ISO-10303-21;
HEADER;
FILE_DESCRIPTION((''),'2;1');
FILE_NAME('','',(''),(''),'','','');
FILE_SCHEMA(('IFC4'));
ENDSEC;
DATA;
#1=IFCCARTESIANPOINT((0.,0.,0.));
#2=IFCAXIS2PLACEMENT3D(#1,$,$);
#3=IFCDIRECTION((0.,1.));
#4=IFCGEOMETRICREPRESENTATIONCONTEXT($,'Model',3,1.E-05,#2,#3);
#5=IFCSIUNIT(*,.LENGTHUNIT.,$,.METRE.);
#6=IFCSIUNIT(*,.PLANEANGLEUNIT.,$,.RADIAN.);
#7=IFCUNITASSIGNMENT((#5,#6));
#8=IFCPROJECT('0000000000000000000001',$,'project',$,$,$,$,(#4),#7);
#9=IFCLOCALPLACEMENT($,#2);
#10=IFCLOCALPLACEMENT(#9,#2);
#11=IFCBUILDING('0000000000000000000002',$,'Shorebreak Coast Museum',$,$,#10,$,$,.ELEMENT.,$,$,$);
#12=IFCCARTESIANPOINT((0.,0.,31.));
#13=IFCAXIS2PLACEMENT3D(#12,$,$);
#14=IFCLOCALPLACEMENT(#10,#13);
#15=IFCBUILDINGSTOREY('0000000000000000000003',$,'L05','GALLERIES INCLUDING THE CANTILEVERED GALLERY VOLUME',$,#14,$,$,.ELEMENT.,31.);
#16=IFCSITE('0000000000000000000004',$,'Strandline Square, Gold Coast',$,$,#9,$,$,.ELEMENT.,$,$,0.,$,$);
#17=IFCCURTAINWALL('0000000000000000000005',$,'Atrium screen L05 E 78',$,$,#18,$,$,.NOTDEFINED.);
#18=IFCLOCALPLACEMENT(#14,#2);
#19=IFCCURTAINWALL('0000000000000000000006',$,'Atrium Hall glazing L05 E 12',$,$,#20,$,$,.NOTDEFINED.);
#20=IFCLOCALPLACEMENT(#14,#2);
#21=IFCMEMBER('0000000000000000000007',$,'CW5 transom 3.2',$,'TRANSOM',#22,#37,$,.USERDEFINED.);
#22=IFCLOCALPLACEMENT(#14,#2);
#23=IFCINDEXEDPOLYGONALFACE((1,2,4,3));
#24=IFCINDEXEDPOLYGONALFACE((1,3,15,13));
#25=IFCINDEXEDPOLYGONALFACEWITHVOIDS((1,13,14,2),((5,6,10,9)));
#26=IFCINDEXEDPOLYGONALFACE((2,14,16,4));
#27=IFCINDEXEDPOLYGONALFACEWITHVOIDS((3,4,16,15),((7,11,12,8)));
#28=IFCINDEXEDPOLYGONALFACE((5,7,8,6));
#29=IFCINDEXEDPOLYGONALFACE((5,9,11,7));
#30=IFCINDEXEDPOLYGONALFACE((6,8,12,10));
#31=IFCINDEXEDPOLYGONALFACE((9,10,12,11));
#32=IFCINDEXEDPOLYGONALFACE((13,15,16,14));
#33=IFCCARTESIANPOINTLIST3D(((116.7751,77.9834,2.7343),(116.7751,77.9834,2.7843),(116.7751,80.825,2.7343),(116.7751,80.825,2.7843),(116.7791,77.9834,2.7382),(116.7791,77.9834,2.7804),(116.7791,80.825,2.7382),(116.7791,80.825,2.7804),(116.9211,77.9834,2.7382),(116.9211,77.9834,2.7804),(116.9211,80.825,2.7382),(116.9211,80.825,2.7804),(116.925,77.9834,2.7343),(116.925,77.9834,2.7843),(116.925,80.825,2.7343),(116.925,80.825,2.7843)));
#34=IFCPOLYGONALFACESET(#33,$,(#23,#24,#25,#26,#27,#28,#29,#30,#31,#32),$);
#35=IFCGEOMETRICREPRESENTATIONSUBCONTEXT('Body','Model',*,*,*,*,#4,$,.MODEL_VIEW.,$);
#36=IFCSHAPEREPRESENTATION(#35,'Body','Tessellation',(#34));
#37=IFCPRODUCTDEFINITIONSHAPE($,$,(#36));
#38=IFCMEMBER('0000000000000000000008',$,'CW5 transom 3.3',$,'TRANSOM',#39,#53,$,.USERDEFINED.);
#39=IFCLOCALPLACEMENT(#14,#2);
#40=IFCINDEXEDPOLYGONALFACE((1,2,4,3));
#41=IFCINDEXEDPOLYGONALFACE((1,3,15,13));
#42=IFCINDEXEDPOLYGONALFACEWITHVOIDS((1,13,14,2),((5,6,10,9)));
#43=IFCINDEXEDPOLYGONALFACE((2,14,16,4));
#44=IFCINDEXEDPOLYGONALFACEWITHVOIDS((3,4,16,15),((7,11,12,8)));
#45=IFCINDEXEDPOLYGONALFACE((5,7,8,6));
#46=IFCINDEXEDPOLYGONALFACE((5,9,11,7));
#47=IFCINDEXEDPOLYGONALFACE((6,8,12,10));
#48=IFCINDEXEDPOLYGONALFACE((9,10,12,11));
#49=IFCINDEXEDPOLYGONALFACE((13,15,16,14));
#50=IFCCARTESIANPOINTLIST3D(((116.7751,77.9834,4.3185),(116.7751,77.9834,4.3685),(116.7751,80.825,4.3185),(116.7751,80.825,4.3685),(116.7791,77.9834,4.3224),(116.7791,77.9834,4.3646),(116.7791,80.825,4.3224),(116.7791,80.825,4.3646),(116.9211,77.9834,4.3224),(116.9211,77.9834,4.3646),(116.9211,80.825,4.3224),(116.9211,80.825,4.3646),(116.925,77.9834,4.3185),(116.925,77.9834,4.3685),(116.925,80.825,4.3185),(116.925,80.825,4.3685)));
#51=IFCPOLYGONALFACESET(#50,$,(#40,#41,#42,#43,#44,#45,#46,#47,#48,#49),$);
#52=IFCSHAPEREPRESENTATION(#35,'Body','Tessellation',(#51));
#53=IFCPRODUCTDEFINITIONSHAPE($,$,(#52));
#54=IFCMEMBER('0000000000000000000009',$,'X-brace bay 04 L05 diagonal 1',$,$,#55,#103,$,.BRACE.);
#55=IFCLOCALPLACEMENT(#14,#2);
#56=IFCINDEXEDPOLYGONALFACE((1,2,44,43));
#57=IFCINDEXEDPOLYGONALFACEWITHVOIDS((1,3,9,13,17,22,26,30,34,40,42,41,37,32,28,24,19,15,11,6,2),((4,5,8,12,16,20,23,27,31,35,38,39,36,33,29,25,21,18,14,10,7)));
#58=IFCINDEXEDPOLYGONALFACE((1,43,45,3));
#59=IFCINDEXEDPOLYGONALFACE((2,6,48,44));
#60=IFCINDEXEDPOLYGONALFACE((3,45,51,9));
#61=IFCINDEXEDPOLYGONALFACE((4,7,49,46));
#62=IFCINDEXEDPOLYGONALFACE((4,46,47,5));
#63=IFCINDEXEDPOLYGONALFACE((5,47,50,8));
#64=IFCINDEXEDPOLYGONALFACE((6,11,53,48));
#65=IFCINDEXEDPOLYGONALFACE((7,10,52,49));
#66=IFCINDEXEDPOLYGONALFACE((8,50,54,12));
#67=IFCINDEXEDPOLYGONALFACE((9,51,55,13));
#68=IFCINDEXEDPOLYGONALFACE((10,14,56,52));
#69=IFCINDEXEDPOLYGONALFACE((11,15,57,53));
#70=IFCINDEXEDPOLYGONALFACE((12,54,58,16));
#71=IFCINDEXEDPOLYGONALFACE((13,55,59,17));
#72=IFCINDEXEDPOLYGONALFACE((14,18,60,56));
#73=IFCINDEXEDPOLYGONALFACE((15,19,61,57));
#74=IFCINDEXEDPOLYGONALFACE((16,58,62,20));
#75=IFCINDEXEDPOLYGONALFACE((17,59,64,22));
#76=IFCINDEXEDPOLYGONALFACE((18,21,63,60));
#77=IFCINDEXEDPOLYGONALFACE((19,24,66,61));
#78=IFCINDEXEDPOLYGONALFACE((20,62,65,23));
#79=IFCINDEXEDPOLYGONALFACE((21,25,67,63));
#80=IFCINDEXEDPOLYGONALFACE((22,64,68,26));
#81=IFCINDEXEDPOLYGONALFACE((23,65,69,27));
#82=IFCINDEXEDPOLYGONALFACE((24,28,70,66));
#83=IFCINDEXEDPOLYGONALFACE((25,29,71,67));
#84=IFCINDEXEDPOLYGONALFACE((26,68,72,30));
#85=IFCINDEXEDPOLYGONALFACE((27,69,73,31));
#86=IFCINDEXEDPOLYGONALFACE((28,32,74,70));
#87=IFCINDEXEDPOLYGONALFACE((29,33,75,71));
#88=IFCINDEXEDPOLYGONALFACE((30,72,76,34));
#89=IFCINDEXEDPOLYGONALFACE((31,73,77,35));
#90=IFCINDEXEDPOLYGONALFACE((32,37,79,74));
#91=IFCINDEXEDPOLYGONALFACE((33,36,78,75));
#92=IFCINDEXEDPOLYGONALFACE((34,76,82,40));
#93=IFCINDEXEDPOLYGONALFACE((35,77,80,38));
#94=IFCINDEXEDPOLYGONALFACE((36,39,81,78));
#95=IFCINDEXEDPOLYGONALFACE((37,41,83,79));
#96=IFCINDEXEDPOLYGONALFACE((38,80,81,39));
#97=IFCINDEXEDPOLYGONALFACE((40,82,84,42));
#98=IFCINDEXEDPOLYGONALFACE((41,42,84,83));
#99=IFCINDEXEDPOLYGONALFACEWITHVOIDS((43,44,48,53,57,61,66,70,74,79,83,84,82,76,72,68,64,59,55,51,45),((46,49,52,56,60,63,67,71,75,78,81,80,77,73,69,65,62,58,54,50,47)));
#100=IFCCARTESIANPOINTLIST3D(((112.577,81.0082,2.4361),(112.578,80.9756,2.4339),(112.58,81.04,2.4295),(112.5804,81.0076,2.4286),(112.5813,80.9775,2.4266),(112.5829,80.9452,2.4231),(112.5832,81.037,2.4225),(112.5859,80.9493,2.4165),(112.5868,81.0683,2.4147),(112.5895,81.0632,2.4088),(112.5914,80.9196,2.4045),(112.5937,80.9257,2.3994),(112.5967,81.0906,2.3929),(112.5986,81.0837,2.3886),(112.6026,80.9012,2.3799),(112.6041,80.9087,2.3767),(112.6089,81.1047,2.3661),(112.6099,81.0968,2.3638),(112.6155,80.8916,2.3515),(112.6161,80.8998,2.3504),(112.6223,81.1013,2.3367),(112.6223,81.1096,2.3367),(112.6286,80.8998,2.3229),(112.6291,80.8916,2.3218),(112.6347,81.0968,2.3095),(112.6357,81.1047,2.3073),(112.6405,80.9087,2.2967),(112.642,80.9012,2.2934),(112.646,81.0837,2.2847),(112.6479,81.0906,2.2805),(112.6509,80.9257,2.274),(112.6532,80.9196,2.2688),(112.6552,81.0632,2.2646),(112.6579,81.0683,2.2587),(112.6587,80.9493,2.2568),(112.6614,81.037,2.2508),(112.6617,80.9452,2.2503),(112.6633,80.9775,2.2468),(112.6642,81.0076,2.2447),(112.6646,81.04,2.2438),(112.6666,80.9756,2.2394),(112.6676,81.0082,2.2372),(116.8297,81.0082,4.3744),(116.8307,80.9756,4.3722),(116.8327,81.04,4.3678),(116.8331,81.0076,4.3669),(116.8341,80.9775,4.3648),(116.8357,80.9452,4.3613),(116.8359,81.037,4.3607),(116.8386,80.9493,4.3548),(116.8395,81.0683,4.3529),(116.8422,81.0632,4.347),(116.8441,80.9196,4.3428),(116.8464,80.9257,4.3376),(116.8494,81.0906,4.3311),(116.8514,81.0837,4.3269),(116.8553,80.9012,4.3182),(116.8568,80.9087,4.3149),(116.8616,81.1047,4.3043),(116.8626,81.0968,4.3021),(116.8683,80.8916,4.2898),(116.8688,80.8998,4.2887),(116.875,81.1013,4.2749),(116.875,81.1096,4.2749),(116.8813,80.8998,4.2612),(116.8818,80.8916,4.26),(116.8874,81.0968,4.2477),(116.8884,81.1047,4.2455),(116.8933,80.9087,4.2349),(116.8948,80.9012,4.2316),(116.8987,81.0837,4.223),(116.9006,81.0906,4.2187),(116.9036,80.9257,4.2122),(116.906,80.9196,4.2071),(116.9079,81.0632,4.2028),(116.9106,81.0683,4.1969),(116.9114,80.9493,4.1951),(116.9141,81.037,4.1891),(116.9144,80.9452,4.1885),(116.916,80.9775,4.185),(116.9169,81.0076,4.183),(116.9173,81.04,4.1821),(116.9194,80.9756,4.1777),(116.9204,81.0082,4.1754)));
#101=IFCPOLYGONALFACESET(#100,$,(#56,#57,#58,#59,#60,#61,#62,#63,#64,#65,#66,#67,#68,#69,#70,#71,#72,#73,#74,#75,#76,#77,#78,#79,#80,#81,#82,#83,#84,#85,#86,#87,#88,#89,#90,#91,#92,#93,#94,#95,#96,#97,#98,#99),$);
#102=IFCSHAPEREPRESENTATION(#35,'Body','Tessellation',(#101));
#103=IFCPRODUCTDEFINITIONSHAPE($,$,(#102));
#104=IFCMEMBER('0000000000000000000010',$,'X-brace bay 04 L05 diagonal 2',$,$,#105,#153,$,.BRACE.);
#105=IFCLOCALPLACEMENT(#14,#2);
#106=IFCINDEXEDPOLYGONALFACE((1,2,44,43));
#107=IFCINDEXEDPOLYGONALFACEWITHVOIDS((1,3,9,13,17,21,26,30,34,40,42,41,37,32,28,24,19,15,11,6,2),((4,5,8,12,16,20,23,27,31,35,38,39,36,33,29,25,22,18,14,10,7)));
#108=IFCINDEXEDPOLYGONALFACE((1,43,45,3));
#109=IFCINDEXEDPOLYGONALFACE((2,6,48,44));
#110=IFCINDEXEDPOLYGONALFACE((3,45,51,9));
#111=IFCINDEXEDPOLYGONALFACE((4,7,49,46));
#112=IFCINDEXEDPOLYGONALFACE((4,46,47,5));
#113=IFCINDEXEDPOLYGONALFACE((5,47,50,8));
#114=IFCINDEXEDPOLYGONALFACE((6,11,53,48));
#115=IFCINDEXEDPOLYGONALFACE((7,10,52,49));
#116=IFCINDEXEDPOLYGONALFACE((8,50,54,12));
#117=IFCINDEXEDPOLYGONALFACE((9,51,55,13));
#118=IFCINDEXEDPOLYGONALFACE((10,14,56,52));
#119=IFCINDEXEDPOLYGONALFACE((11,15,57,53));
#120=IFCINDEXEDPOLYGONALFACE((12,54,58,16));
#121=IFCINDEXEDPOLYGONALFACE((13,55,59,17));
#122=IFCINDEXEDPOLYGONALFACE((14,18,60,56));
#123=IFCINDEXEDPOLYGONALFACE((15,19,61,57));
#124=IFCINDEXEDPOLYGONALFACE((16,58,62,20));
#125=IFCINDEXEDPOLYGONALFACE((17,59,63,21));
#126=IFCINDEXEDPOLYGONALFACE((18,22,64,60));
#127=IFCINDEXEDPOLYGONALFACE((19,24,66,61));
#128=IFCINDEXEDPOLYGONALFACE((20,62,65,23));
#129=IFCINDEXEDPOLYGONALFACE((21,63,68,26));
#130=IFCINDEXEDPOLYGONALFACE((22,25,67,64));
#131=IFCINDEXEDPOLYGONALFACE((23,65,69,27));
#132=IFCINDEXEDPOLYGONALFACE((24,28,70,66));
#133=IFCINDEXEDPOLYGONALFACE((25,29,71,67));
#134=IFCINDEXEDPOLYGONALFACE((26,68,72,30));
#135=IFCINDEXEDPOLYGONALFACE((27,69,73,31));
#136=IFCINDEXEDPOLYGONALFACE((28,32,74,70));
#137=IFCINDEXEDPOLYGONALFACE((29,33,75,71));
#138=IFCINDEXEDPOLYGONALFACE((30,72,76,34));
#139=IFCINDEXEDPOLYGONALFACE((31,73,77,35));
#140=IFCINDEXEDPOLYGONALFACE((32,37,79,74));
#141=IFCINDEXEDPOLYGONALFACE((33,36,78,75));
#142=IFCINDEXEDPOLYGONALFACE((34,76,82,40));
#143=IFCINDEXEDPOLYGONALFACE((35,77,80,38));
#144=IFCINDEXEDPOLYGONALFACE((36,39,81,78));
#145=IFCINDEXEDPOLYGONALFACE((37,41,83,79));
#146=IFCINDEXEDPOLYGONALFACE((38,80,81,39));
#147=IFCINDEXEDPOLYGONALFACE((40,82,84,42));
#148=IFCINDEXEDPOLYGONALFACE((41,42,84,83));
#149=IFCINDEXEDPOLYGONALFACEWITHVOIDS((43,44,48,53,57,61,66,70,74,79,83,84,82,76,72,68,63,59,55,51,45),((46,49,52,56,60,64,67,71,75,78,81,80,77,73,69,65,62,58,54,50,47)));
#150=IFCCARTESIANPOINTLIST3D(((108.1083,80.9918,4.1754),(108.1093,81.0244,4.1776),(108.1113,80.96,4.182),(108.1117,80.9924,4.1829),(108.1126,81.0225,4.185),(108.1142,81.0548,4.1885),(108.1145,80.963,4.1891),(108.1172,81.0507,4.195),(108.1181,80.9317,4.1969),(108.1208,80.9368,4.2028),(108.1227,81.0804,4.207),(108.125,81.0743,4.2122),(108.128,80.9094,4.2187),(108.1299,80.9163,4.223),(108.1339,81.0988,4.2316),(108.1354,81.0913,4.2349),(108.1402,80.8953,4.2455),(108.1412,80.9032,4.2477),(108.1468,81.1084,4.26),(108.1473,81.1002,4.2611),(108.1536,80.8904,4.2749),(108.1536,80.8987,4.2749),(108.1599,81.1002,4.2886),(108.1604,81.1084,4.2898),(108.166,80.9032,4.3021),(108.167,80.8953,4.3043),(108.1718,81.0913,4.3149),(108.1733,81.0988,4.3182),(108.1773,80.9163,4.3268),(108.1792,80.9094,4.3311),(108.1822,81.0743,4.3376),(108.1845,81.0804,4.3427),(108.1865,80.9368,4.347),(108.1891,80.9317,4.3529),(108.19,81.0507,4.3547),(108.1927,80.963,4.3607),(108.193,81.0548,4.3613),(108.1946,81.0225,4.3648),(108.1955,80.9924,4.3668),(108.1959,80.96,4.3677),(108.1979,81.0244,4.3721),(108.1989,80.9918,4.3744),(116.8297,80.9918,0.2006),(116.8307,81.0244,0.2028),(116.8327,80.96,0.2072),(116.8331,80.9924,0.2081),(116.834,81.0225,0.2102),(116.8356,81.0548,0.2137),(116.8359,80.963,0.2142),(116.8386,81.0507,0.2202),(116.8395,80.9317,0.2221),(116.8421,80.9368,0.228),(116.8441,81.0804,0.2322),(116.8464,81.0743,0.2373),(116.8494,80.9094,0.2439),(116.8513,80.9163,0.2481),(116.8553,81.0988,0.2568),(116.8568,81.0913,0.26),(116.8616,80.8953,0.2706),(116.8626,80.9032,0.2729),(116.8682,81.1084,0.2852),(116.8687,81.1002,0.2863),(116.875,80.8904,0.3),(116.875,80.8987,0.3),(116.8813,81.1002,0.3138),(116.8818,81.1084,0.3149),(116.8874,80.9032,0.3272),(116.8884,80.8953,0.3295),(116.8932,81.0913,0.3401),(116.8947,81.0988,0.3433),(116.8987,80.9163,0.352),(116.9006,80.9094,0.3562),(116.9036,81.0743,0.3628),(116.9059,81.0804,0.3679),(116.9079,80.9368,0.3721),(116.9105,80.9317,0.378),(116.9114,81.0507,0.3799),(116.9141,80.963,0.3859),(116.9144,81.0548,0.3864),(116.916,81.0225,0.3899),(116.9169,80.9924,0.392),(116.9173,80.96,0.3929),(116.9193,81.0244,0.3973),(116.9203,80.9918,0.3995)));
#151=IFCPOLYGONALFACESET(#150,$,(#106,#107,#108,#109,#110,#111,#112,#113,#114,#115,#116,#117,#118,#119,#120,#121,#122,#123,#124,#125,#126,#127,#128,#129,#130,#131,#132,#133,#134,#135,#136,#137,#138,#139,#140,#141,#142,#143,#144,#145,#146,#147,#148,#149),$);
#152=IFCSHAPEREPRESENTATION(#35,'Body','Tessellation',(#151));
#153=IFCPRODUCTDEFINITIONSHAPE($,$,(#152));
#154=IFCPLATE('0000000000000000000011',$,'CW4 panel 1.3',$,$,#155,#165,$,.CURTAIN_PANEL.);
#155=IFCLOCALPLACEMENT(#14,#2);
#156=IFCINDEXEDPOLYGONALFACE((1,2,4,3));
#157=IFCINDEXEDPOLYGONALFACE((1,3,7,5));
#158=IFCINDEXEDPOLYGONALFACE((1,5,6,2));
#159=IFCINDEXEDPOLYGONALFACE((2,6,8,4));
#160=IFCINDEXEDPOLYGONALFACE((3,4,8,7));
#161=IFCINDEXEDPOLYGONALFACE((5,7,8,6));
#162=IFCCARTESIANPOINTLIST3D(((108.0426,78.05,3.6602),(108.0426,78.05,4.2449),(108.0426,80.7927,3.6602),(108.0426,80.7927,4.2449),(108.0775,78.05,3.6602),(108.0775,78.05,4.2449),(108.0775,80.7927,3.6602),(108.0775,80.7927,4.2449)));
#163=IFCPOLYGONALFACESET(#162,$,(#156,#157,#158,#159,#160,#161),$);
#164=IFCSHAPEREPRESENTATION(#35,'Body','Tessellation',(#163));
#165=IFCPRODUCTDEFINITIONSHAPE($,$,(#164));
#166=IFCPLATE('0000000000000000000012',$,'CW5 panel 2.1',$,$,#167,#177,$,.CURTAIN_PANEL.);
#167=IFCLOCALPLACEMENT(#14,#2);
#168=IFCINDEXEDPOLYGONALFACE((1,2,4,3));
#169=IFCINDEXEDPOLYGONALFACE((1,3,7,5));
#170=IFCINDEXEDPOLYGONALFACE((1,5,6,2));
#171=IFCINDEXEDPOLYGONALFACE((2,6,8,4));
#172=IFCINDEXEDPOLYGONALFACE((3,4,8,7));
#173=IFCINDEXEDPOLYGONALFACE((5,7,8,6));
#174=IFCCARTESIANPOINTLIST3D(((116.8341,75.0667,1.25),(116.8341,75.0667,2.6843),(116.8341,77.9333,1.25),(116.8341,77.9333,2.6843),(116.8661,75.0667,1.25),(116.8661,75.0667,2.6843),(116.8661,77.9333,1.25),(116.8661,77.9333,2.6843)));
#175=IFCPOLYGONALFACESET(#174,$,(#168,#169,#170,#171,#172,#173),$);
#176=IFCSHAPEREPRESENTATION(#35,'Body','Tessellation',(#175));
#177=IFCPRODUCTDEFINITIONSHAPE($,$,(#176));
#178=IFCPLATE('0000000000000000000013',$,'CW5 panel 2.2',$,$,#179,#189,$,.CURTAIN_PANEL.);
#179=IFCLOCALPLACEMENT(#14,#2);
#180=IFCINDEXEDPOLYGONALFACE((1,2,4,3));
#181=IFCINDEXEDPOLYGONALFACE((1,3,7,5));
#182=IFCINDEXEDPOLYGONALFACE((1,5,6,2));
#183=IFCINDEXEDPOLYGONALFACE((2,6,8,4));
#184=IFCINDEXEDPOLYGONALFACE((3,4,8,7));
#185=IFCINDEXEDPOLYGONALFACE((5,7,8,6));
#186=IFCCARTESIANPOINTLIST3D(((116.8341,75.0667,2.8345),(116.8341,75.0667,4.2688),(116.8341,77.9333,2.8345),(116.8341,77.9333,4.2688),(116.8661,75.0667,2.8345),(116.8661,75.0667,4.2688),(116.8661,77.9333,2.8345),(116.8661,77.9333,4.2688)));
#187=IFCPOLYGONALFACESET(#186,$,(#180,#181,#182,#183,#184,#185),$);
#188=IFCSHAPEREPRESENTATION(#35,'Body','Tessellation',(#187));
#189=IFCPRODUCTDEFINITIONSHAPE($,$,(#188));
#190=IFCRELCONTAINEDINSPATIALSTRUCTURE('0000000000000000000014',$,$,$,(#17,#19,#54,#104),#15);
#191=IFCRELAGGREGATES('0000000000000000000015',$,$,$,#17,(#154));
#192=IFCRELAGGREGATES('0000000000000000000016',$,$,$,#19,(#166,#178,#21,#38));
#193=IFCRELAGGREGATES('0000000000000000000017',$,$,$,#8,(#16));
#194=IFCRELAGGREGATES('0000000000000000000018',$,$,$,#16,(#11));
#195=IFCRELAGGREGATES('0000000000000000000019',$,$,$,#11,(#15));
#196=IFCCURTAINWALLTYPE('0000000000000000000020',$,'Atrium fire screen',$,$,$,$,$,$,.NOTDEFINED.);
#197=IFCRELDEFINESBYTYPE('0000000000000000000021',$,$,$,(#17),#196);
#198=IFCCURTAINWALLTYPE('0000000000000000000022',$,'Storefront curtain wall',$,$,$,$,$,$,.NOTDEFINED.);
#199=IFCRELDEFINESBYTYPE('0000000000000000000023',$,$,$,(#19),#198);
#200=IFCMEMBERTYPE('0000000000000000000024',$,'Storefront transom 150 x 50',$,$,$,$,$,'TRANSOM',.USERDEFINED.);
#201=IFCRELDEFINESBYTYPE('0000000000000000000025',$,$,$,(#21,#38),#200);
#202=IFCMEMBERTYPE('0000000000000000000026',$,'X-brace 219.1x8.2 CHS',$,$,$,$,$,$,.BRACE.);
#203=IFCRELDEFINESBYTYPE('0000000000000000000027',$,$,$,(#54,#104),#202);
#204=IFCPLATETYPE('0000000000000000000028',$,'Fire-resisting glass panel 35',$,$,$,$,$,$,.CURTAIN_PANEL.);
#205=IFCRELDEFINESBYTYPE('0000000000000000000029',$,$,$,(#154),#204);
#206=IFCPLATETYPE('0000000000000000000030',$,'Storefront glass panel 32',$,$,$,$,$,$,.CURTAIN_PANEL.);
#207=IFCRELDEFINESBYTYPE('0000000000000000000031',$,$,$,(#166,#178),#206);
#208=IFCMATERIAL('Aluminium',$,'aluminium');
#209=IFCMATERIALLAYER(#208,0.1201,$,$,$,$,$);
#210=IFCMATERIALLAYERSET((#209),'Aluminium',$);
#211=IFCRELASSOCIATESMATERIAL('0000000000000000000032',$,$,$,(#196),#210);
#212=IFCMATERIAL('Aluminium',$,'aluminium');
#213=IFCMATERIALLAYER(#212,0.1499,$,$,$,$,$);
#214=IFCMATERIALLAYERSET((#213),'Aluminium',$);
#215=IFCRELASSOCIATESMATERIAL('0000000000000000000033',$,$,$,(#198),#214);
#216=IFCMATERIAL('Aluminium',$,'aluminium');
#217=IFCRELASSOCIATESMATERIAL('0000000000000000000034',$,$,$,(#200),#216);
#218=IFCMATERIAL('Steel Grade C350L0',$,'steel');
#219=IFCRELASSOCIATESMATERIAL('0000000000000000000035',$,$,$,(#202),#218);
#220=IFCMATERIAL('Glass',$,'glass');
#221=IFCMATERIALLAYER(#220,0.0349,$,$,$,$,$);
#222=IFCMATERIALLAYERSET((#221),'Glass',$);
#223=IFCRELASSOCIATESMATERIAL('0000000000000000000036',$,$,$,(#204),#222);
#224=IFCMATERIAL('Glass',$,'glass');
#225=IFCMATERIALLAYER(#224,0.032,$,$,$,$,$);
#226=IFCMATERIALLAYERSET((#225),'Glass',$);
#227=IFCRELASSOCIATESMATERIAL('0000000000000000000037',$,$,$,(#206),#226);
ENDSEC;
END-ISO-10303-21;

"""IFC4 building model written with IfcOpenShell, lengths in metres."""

from ifc_helpers import new_model, si_unit, direction, frame, origin, origin_2d, place, context, subcontext, project, spatial, rectangle, hollow_rectangle, hollow_circle, extrude, material, layer, layer_set, material_profile, profile_set, type_object, element, aggregate, save


model = new_model("IFC4")

# Units and contexts
model_context = context("Model", 3, precision=1e-05, world=origin(), true_north=direction((0.0, 1.0)))
body_context = subcontext(model_context, "Body", "Model", "MODEL_VIEW")
ifc_project = project(units=[si_unit("LENGTHUNIT", "METRE"), si_unit("PLANEANGLEUNIT", "RADIAN")], contexts=[model_context])

# Site, building, storey
site_placement = place(None, origin())
site = spatial("IfcSite", under=ifc_project, at=site_placement, Name="Strandline Square, Gold Coast", CompositionType="ELEMENT", RefElevation=0.0)
building_placement = place(site_placement, origin())
building = spatial("IfcBuilding", under=site, at=building_placement, Name="Shorebreak Coast Museum", CompositionType="ELEMENT")
storey_placement = place(building_placement, frame((0.0, 0.0, 31.0)))
storey = spatial("IfcBuildingStorey", under=building, at=storey_placement, Name="L05", Description="GALLERIES INCLUDING THE CANTILEVERED GALLERY VOLUME", CompositionType="ELEMENT", Elevation=31.0)

# Curtain wall
ifc_material_1 = material(Name="Aluminium", Category="aluminium")
ifc_layer_1 = layer(ifc_material_1, 0.1201)
ifc_layer_set_1 = layer_set([ifc_layer_1], Name="Aluminium")
curtain_wall_type_1 = type_object("IfcCurtainWallType", Name="Atrium fire screen", PredefinedType="NOTDEFINED", material=ifc_layer_set_1)
curtain_wall_1_placement = place(storey_placement, origin())
curtain_wall_1 = element("IfcCurtainWall", 1, at=curtain_wall_1_placement, inside=storey, type_object=curtain_wall_type_1, Name="Atrium screen L05 E 78", PredefinedType="NOTDEFINED")

# Curtain wall, members
ifc_material_2 = material(Name="Aluminium", Category="aluminium")
ifc_layer_2 = layer(ifc_material_2, 0.1499)
ifc_layer_set_2 = layer_set([ifc_layer_2], Name="Aluminium")
curtain_wall_type_2 = type_object("IfcCurtainWallType", Name="Storefront curtain wall", PredefinedType="NOTDEFINED", material=ifc_layer_set_2)
curtain_wall_2_placement = place(storey_placement, origin())
curtain_wall_2 = element("IfcCurtainWall", 2, at=curtain_wall_2_placement, inside=storey, type_object=curtain_wall_type_2, Name="Atrium Hall glazing L05 E 12", PredefinedType="NOTDEFINED")
ifc_material_3 = material(Name="Aluminium", Category="aluminium")
ifc_material_profile_1 = material_profile(ifc_material_3, hollow_rectangle(XDim=0.1499, YDim=0.05, WallThickness=0.0039, at=origin_2d()), Name="AL 50x150 RHS")
ifc_profile_set_1 = profile_set([ifc_material_profile_1], Name="Aluminium")
member_type_1 = type_object("IfcMemberType", Name="Storefront transom 150 x 50", ElementType="TRANSOM", PredefinedType="USERDEFINED", material=ifc_profile_set_1)
member_1_placement = place(storey_placement, frame((116.8501, 77.9834, 2.7593), z_axis=(0.0, 1.0, 0.0), x_axis=(-1.0, 0.0, 0.0)))
member_1 = element("IfcMember", 3, at=member_1_placement, type_object=member_type_1, Name="CW5 transom 3.2", ObjectType="TRANSOM", PredefinedType="USERDEFINED", context=body_context, shape_type="SweptSolid", body=[
    extrude(hollow_rectangle(XDim=0.1499, YDim=0.05, WallThickness=0.0039, at=origin_2d()), origin(), (0.0, 0.0, 1.0), 2.8416),
])
member_2_placement = place(storey_placement, frame((116.8501, 77.9834, 4.3435), z_axis=(0.0, 1.0, 0.0), x_axis=(-1.0, 0.0, 0.0)))
member_2 = element("IfcMember", 4, at=member_2_placement, type_object=member_type_1, Name="CW5 transom 3.3", ObjectType="TRANSOM", PredefinedType="USERDEFINED", context=body_context, shape_type="SweptSolid", body=[
    extrude(hollow_rectangle(XDim=0.1499, YDim=0.05, WallThickness=0.0039, at=origin_2d()), origin(), (0.0, 0.0, 1.0), 2.8416),
])

# Members
ifc_material_4 = material(Name="Steel Grade C350L0", Category="steel")
ifc_material_profile_2 = material_profile(ifc_material_4, hollow_circle(Radius=0.1096, WallThickness=0.0083, at=origin_2d()), Name="219.1x8.2 CHS")
ifc_profile_set_2 = profile_set([ifc_material_profile_2], Name="Steel Grade C350L0")
member_type_2 = type_object("IfcMemberType", Name="X-brace 219.1x8.2 CHS", PredefinedType="BRACE", material=ifc_profile_set_2)
member_3_placement = place(storey_placement, frame((112.6223, 81.0, 2.3367), z_axis=(0.909947, 0.0, 0.414724), x_axis=(0.0, 1.0, 0.0)))
element("IfcMember", 5, at=member_3_placement, inside=storey, type_object=member_type_2, Name="X-brace bay 04 L05 diagonal 1", PredefinedType="BRACE", context=body_context, shape_type="SweptSolid", body=[
    extrude(hollow_circle(Radius=0.1096, WallThickness=0.0083, at=origin_2d()), origin(), (0.0, 0.0, 1.0), 4.6736),
])
member_4_placement = place(storey_placement, frame((116.875, 81.0, 0.3), z_axis=(-0.909951, 0.0, 0.414716), x_axis=(0.0, -1.0, 0.0)))
element("IfcMember", 6, at=member_4_placement, inside=storey, type_object=member_type_2, Name="X-brace bay 04 L05 diagonal 2", PredefinedType="BRACE", context=body_context, shape_type="SweptSolid", body=[
    extrude(hollow_circle(Radius=0.1096, WallThickness=0.0083, at=origin_2d()), origin(), (0.0, 0.0, 1.0), 9.5845),
])

# Plates
ifc_material_5 = material(Name="Glass", Category="glass")
ifc_layer_3 = layer(ifc_material_5, 0.0349)
ifc_layer_set_3 = layer_set([ifc_layer_3], Name="Glass")
plate_type_1 = type_object("IfcPlateType", Name="Fire-resisting glass panel 35", PredefinedType="CURTAIN_PANEL", material=ifc_layer_set_3)
plate_1_placement = place(storey_placement, frame((108.0601, 79.4214, 3.6602), z_axis=(0.0, 0.0, 1.0), x_axis=(0.0, 1.0, 0.0)))
plate_1 = element("IfcPlate", 7, at=plate_1_placement, type_object=plate_type_1, Name="CW4 panel 1.3", PredefinedType="CURTAIN_PANEL", context=body_context, shape_type="SweptSolid", body=[
    extrude(rectangle(XDim=2.7427, YDim=0.0349, at=origin_2d()), origin(), (0.0, 0.0, 1.0), 0.5847),
])
aggregate(curtain_wall_1, [plate_1])
ifc_material_6 = material(Name="Glass", Category="glass")
ifc_layer_4 = layer(ifc_material_6, 0.032)
ifc_layer_set_4 = layer_set([ifc_layer_4], Name="Glass")
plate_type_2 = type_object("IfcPlateType", Name="Storefront glass panel 32", PredefinedType="CURTAIN_PANEL", material=ifc_layer_set_4)
plate_2_placement = place(storey_placement, frame((116.8501, 76.5, 1.25), z_axis=(0.0, 0.0, 1.0), x_axis=(0.0, 1.0, 0.0)))
plate_2 = element("IfcPlate", 8, at=plate_2_placement, type_object=plate_type_2, Name="CW5 panel 2.1", PredefinedType="CURTAIN_PANEL", context=body_context, shape_type="SweptSolid", body=[
    extrude(rectangle(XDim=2.8667, YDim=0.032, at=origin_2d()), origin(), (0.0, 0.0, 1.0), 1.4343),
])
plate_3_placement = place(storey_placement, frame((116.8501, 76.5, 2.8345), z_axis=(0.0, 0.0, 1.0), x_axis=(0.0, 1.0, 0.0)))
plate_3 = element("IfcPlate", 9, at=plate_3_placement, type_object=plate_type_2, Name="CW5 panel 2.2", PredefinedType="CURTAIN_PANEL", context=body_context, shape_type="SweptSolid", body=[
    extrude(rectangle(XDim=2.8667, YDim=0.032, at=origin_2d()), origin(), (0.0, 0.0, 1.0), 1.4343),
])
aggregate(curtain_wall_2, [plate_2, plate_3, member_1, member_2])

save(model, "model.ifc")
